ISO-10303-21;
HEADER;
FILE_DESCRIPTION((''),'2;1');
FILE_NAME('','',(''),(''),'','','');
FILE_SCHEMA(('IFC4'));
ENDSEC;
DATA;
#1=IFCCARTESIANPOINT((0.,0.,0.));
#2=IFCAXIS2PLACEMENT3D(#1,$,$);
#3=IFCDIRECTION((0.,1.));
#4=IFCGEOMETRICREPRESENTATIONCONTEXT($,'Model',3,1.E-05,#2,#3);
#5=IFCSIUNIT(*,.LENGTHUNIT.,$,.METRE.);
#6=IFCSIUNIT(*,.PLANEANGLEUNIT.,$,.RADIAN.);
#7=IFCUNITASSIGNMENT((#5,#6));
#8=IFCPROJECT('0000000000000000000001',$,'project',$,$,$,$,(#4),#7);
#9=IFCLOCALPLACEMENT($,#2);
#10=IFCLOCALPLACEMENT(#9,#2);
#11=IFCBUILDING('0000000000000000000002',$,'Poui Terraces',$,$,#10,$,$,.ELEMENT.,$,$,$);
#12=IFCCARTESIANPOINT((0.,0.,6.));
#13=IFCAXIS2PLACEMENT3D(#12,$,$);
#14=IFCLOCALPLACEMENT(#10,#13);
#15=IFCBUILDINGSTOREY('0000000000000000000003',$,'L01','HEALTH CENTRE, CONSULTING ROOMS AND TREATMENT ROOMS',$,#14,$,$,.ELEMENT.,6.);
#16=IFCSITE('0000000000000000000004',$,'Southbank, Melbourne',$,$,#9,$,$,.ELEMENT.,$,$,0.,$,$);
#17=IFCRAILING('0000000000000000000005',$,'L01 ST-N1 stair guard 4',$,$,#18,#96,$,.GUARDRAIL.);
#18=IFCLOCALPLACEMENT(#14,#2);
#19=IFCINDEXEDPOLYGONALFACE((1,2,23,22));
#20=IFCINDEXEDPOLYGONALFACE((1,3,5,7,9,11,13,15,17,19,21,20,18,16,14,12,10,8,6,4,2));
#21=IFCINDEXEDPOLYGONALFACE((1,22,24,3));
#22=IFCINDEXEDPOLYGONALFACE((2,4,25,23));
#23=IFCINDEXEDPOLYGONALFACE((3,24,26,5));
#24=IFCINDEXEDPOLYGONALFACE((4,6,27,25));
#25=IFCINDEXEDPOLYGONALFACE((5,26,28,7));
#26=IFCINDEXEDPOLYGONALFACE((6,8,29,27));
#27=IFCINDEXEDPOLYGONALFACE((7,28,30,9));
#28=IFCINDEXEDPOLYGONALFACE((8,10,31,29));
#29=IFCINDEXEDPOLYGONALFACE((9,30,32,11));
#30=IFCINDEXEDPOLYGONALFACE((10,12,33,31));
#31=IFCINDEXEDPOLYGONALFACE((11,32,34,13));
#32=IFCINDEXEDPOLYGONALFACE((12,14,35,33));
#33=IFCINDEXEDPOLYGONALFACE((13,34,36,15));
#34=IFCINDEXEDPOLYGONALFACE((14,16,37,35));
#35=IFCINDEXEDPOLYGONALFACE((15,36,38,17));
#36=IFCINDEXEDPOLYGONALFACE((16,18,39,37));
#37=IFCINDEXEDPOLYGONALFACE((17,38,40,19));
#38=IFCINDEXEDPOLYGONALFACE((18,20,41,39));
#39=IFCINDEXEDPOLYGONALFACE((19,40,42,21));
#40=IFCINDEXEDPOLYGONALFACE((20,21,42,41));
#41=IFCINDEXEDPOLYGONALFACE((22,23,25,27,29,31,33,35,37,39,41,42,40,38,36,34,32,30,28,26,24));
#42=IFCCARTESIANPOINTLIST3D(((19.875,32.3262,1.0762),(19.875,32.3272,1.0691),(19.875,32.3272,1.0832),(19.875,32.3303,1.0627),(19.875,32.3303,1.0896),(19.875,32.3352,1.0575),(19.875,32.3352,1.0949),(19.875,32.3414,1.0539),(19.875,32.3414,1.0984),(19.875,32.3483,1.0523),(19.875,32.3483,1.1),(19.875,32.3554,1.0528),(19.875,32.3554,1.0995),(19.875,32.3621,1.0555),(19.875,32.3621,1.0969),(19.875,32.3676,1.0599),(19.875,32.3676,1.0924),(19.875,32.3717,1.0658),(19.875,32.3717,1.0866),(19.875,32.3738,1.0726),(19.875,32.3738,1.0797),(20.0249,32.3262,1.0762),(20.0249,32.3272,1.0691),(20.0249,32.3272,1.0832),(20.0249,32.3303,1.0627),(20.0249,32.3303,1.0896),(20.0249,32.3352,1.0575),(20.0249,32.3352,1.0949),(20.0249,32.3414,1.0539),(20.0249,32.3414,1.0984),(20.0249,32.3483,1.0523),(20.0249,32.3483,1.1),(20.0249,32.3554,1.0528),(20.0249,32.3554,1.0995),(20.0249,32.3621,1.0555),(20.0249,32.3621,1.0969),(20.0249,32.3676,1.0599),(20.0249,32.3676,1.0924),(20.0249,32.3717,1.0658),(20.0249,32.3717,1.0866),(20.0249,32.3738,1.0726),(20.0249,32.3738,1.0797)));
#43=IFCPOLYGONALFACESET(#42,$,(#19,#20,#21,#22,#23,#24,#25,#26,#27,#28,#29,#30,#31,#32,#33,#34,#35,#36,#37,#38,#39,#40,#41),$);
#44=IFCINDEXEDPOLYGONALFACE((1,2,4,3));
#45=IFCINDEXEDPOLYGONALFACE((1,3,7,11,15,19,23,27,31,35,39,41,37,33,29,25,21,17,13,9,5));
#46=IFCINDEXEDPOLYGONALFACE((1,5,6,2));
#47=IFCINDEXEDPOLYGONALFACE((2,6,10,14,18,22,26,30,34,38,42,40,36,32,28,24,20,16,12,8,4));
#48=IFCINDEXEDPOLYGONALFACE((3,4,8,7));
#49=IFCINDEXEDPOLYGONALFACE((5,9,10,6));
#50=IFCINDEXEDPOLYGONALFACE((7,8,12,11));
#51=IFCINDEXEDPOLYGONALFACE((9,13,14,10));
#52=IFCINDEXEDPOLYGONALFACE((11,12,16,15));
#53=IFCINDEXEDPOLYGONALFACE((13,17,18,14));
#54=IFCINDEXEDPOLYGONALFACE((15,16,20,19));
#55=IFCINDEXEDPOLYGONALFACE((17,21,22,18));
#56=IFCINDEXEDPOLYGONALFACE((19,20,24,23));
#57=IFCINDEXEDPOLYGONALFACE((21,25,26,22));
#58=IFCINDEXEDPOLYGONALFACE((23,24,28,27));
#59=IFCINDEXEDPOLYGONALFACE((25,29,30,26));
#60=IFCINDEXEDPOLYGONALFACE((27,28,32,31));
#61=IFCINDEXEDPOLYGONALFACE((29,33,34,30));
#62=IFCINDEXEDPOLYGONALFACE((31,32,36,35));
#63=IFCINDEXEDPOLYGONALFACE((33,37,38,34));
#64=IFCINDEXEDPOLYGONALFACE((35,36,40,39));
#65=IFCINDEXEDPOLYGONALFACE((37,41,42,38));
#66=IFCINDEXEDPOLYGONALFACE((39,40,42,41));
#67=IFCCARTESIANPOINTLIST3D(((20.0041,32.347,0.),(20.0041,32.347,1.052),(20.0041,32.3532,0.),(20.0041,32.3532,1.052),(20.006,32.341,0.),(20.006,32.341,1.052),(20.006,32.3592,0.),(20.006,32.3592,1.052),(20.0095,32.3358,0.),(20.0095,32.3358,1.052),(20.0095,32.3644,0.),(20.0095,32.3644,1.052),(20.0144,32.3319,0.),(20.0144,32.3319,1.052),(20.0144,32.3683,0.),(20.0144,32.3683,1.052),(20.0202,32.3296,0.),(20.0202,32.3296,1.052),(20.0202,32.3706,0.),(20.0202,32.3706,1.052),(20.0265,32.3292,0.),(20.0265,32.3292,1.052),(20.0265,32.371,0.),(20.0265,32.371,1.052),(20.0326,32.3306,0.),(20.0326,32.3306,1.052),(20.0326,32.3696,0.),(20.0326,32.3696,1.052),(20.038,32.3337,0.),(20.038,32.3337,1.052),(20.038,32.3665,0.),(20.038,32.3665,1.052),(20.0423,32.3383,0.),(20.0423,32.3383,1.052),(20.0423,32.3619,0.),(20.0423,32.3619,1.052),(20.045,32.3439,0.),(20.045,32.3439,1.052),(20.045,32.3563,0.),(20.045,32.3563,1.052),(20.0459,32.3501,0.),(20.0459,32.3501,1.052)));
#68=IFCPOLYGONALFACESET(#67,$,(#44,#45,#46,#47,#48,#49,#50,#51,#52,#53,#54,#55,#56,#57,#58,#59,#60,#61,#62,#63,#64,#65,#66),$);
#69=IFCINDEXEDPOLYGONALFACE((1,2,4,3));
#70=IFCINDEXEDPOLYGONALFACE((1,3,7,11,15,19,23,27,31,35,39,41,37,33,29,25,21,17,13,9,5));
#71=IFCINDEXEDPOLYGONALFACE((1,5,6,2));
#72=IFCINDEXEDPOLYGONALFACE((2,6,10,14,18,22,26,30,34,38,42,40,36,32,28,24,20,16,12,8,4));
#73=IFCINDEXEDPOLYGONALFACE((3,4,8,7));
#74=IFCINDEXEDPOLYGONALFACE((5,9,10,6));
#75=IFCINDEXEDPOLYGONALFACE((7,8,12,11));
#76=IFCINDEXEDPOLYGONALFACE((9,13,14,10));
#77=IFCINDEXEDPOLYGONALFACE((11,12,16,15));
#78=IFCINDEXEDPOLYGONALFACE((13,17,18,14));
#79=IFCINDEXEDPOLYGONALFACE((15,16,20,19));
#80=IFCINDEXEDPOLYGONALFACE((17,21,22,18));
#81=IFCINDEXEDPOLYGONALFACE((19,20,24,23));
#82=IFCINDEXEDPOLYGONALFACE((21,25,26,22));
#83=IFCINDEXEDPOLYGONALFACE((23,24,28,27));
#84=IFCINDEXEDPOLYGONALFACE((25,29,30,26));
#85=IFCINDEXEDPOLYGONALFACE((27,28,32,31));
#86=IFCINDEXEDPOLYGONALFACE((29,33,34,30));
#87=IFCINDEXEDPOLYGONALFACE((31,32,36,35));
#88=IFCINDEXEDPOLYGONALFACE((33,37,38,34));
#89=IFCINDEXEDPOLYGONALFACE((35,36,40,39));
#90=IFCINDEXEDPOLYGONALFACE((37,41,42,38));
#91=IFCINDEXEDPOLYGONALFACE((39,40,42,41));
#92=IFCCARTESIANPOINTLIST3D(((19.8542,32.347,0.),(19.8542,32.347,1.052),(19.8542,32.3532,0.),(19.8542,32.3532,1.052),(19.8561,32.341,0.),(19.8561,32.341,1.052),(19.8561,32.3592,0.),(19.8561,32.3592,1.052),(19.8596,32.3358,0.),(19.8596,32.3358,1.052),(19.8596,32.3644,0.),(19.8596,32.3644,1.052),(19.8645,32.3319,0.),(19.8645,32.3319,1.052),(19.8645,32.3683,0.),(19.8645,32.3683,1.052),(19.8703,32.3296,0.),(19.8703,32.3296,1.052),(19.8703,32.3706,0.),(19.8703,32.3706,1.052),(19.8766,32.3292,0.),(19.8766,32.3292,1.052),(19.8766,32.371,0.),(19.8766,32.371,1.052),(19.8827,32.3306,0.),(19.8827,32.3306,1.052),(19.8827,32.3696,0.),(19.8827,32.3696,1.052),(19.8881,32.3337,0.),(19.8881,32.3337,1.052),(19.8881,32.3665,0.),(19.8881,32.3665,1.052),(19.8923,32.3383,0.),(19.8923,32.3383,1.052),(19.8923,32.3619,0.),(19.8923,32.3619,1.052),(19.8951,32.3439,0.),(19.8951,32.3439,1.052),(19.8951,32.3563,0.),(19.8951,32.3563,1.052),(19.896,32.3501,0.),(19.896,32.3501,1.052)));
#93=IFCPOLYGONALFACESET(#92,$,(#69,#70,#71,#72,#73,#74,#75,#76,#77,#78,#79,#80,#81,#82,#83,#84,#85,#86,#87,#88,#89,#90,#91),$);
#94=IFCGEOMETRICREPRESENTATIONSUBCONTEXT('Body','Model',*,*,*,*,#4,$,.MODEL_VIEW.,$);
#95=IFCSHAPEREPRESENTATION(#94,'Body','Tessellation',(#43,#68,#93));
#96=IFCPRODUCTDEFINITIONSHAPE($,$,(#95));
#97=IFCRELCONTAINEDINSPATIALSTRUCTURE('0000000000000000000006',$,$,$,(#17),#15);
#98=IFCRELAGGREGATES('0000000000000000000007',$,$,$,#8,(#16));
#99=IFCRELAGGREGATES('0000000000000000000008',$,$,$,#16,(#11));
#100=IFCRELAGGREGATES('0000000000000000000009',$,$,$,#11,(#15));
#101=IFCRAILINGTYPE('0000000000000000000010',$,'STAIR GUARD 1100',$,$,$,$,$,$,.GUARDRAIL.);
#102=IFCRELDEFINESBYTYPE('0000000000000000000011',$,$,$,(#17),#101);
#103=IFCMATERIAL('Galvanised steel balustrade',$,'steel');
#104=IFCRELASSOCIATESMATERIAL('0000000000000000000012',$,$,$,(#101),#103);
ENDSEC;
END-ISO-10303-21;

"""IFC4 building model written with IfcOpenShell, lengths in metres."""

from ifc_helpers import new_model, si_unit, direction, frame, origin, origin_2d, place, context, subcontext, project, spatial, circle, extrude, material, type_object, element, save


model = new_model("IFC4")

# Units and contexts
model_context = context("Model", 3, precision=1e-05, world=origin(), true_north=direction((0.0, 1.0)))
body_context = subcontext(model_context, "Body", "Model", "MODEL_VIEW")
ifc_project = project(units=[si_unit("LENGTHUNIT", "METRE"), si_unit("PLANEANGLEUNIT", "RADIAN")], contexts=[model_context])

# Site, building, storey
site_placement = place(None, origin())
site = spatial("IfcSite", under=ifc_project, at=site_placement, Name="Southbank, Melbourne", CompositionType="ELEMENT", RefElevation=0.0)
building_placement = place(site_placement, origin())
building = spatial("IfcBuilding", under=site, at=building_placement, Name="Poui Terraces", CompositionType="ELEMENT")
storey_placement = place(building_placement, frame((0.0, 0.0, 6.0)))
storey = spatial("IfcBuildingStorey", under=building, at=storey_placement, Name="L01", Description="HEALTH CENTRE, CONSULTING ROOMS AND TREATMENT ROOMS", CompositionType="ELEMENT", Elevation=6.0)

# Railing
ifc_material_1 = material(Name="Galvanised steel balustrade", Category="steel")
railing_type = type_object("IfcRailingType", Name="STAIR GUARD 1100", PredefinedType="GUARDRAIL", material=ifc_material_1)
railing_1_placement = place(storey_placement, frame((20.0249, 32.3501, 0.0)))
element("IfcRailing", 1, at=railing_1_placement, inside=storey, type_object=railing_type, Name="L01 ST-N1 stair guard 4", PredefinedType="GUARDRAIL", context=body_context, shape_type="SweptSolid", body=[
    extrude(circle(Radius=0.0239, at=origin_2d()), frame((0.0, 0.0, 1.0762), z_axis=(-1.0, 0.0, 0.0), x_axis=(0.0, -1.0, 0.0)), (0.0, 0.0, 1.0), 0.1499),
    extrude(circle(Radius=0.021, at=origin_2d()), origin(), (0.0, 0.0, 1.0), 1.052),
    extrude(circle(Radius=0.021, at=origin_2d()), frame((-0.1499, 0.0, 0.0)), (0.0, 0.0, 1.0), 1.052),
])

save(model, "model.ifc")
